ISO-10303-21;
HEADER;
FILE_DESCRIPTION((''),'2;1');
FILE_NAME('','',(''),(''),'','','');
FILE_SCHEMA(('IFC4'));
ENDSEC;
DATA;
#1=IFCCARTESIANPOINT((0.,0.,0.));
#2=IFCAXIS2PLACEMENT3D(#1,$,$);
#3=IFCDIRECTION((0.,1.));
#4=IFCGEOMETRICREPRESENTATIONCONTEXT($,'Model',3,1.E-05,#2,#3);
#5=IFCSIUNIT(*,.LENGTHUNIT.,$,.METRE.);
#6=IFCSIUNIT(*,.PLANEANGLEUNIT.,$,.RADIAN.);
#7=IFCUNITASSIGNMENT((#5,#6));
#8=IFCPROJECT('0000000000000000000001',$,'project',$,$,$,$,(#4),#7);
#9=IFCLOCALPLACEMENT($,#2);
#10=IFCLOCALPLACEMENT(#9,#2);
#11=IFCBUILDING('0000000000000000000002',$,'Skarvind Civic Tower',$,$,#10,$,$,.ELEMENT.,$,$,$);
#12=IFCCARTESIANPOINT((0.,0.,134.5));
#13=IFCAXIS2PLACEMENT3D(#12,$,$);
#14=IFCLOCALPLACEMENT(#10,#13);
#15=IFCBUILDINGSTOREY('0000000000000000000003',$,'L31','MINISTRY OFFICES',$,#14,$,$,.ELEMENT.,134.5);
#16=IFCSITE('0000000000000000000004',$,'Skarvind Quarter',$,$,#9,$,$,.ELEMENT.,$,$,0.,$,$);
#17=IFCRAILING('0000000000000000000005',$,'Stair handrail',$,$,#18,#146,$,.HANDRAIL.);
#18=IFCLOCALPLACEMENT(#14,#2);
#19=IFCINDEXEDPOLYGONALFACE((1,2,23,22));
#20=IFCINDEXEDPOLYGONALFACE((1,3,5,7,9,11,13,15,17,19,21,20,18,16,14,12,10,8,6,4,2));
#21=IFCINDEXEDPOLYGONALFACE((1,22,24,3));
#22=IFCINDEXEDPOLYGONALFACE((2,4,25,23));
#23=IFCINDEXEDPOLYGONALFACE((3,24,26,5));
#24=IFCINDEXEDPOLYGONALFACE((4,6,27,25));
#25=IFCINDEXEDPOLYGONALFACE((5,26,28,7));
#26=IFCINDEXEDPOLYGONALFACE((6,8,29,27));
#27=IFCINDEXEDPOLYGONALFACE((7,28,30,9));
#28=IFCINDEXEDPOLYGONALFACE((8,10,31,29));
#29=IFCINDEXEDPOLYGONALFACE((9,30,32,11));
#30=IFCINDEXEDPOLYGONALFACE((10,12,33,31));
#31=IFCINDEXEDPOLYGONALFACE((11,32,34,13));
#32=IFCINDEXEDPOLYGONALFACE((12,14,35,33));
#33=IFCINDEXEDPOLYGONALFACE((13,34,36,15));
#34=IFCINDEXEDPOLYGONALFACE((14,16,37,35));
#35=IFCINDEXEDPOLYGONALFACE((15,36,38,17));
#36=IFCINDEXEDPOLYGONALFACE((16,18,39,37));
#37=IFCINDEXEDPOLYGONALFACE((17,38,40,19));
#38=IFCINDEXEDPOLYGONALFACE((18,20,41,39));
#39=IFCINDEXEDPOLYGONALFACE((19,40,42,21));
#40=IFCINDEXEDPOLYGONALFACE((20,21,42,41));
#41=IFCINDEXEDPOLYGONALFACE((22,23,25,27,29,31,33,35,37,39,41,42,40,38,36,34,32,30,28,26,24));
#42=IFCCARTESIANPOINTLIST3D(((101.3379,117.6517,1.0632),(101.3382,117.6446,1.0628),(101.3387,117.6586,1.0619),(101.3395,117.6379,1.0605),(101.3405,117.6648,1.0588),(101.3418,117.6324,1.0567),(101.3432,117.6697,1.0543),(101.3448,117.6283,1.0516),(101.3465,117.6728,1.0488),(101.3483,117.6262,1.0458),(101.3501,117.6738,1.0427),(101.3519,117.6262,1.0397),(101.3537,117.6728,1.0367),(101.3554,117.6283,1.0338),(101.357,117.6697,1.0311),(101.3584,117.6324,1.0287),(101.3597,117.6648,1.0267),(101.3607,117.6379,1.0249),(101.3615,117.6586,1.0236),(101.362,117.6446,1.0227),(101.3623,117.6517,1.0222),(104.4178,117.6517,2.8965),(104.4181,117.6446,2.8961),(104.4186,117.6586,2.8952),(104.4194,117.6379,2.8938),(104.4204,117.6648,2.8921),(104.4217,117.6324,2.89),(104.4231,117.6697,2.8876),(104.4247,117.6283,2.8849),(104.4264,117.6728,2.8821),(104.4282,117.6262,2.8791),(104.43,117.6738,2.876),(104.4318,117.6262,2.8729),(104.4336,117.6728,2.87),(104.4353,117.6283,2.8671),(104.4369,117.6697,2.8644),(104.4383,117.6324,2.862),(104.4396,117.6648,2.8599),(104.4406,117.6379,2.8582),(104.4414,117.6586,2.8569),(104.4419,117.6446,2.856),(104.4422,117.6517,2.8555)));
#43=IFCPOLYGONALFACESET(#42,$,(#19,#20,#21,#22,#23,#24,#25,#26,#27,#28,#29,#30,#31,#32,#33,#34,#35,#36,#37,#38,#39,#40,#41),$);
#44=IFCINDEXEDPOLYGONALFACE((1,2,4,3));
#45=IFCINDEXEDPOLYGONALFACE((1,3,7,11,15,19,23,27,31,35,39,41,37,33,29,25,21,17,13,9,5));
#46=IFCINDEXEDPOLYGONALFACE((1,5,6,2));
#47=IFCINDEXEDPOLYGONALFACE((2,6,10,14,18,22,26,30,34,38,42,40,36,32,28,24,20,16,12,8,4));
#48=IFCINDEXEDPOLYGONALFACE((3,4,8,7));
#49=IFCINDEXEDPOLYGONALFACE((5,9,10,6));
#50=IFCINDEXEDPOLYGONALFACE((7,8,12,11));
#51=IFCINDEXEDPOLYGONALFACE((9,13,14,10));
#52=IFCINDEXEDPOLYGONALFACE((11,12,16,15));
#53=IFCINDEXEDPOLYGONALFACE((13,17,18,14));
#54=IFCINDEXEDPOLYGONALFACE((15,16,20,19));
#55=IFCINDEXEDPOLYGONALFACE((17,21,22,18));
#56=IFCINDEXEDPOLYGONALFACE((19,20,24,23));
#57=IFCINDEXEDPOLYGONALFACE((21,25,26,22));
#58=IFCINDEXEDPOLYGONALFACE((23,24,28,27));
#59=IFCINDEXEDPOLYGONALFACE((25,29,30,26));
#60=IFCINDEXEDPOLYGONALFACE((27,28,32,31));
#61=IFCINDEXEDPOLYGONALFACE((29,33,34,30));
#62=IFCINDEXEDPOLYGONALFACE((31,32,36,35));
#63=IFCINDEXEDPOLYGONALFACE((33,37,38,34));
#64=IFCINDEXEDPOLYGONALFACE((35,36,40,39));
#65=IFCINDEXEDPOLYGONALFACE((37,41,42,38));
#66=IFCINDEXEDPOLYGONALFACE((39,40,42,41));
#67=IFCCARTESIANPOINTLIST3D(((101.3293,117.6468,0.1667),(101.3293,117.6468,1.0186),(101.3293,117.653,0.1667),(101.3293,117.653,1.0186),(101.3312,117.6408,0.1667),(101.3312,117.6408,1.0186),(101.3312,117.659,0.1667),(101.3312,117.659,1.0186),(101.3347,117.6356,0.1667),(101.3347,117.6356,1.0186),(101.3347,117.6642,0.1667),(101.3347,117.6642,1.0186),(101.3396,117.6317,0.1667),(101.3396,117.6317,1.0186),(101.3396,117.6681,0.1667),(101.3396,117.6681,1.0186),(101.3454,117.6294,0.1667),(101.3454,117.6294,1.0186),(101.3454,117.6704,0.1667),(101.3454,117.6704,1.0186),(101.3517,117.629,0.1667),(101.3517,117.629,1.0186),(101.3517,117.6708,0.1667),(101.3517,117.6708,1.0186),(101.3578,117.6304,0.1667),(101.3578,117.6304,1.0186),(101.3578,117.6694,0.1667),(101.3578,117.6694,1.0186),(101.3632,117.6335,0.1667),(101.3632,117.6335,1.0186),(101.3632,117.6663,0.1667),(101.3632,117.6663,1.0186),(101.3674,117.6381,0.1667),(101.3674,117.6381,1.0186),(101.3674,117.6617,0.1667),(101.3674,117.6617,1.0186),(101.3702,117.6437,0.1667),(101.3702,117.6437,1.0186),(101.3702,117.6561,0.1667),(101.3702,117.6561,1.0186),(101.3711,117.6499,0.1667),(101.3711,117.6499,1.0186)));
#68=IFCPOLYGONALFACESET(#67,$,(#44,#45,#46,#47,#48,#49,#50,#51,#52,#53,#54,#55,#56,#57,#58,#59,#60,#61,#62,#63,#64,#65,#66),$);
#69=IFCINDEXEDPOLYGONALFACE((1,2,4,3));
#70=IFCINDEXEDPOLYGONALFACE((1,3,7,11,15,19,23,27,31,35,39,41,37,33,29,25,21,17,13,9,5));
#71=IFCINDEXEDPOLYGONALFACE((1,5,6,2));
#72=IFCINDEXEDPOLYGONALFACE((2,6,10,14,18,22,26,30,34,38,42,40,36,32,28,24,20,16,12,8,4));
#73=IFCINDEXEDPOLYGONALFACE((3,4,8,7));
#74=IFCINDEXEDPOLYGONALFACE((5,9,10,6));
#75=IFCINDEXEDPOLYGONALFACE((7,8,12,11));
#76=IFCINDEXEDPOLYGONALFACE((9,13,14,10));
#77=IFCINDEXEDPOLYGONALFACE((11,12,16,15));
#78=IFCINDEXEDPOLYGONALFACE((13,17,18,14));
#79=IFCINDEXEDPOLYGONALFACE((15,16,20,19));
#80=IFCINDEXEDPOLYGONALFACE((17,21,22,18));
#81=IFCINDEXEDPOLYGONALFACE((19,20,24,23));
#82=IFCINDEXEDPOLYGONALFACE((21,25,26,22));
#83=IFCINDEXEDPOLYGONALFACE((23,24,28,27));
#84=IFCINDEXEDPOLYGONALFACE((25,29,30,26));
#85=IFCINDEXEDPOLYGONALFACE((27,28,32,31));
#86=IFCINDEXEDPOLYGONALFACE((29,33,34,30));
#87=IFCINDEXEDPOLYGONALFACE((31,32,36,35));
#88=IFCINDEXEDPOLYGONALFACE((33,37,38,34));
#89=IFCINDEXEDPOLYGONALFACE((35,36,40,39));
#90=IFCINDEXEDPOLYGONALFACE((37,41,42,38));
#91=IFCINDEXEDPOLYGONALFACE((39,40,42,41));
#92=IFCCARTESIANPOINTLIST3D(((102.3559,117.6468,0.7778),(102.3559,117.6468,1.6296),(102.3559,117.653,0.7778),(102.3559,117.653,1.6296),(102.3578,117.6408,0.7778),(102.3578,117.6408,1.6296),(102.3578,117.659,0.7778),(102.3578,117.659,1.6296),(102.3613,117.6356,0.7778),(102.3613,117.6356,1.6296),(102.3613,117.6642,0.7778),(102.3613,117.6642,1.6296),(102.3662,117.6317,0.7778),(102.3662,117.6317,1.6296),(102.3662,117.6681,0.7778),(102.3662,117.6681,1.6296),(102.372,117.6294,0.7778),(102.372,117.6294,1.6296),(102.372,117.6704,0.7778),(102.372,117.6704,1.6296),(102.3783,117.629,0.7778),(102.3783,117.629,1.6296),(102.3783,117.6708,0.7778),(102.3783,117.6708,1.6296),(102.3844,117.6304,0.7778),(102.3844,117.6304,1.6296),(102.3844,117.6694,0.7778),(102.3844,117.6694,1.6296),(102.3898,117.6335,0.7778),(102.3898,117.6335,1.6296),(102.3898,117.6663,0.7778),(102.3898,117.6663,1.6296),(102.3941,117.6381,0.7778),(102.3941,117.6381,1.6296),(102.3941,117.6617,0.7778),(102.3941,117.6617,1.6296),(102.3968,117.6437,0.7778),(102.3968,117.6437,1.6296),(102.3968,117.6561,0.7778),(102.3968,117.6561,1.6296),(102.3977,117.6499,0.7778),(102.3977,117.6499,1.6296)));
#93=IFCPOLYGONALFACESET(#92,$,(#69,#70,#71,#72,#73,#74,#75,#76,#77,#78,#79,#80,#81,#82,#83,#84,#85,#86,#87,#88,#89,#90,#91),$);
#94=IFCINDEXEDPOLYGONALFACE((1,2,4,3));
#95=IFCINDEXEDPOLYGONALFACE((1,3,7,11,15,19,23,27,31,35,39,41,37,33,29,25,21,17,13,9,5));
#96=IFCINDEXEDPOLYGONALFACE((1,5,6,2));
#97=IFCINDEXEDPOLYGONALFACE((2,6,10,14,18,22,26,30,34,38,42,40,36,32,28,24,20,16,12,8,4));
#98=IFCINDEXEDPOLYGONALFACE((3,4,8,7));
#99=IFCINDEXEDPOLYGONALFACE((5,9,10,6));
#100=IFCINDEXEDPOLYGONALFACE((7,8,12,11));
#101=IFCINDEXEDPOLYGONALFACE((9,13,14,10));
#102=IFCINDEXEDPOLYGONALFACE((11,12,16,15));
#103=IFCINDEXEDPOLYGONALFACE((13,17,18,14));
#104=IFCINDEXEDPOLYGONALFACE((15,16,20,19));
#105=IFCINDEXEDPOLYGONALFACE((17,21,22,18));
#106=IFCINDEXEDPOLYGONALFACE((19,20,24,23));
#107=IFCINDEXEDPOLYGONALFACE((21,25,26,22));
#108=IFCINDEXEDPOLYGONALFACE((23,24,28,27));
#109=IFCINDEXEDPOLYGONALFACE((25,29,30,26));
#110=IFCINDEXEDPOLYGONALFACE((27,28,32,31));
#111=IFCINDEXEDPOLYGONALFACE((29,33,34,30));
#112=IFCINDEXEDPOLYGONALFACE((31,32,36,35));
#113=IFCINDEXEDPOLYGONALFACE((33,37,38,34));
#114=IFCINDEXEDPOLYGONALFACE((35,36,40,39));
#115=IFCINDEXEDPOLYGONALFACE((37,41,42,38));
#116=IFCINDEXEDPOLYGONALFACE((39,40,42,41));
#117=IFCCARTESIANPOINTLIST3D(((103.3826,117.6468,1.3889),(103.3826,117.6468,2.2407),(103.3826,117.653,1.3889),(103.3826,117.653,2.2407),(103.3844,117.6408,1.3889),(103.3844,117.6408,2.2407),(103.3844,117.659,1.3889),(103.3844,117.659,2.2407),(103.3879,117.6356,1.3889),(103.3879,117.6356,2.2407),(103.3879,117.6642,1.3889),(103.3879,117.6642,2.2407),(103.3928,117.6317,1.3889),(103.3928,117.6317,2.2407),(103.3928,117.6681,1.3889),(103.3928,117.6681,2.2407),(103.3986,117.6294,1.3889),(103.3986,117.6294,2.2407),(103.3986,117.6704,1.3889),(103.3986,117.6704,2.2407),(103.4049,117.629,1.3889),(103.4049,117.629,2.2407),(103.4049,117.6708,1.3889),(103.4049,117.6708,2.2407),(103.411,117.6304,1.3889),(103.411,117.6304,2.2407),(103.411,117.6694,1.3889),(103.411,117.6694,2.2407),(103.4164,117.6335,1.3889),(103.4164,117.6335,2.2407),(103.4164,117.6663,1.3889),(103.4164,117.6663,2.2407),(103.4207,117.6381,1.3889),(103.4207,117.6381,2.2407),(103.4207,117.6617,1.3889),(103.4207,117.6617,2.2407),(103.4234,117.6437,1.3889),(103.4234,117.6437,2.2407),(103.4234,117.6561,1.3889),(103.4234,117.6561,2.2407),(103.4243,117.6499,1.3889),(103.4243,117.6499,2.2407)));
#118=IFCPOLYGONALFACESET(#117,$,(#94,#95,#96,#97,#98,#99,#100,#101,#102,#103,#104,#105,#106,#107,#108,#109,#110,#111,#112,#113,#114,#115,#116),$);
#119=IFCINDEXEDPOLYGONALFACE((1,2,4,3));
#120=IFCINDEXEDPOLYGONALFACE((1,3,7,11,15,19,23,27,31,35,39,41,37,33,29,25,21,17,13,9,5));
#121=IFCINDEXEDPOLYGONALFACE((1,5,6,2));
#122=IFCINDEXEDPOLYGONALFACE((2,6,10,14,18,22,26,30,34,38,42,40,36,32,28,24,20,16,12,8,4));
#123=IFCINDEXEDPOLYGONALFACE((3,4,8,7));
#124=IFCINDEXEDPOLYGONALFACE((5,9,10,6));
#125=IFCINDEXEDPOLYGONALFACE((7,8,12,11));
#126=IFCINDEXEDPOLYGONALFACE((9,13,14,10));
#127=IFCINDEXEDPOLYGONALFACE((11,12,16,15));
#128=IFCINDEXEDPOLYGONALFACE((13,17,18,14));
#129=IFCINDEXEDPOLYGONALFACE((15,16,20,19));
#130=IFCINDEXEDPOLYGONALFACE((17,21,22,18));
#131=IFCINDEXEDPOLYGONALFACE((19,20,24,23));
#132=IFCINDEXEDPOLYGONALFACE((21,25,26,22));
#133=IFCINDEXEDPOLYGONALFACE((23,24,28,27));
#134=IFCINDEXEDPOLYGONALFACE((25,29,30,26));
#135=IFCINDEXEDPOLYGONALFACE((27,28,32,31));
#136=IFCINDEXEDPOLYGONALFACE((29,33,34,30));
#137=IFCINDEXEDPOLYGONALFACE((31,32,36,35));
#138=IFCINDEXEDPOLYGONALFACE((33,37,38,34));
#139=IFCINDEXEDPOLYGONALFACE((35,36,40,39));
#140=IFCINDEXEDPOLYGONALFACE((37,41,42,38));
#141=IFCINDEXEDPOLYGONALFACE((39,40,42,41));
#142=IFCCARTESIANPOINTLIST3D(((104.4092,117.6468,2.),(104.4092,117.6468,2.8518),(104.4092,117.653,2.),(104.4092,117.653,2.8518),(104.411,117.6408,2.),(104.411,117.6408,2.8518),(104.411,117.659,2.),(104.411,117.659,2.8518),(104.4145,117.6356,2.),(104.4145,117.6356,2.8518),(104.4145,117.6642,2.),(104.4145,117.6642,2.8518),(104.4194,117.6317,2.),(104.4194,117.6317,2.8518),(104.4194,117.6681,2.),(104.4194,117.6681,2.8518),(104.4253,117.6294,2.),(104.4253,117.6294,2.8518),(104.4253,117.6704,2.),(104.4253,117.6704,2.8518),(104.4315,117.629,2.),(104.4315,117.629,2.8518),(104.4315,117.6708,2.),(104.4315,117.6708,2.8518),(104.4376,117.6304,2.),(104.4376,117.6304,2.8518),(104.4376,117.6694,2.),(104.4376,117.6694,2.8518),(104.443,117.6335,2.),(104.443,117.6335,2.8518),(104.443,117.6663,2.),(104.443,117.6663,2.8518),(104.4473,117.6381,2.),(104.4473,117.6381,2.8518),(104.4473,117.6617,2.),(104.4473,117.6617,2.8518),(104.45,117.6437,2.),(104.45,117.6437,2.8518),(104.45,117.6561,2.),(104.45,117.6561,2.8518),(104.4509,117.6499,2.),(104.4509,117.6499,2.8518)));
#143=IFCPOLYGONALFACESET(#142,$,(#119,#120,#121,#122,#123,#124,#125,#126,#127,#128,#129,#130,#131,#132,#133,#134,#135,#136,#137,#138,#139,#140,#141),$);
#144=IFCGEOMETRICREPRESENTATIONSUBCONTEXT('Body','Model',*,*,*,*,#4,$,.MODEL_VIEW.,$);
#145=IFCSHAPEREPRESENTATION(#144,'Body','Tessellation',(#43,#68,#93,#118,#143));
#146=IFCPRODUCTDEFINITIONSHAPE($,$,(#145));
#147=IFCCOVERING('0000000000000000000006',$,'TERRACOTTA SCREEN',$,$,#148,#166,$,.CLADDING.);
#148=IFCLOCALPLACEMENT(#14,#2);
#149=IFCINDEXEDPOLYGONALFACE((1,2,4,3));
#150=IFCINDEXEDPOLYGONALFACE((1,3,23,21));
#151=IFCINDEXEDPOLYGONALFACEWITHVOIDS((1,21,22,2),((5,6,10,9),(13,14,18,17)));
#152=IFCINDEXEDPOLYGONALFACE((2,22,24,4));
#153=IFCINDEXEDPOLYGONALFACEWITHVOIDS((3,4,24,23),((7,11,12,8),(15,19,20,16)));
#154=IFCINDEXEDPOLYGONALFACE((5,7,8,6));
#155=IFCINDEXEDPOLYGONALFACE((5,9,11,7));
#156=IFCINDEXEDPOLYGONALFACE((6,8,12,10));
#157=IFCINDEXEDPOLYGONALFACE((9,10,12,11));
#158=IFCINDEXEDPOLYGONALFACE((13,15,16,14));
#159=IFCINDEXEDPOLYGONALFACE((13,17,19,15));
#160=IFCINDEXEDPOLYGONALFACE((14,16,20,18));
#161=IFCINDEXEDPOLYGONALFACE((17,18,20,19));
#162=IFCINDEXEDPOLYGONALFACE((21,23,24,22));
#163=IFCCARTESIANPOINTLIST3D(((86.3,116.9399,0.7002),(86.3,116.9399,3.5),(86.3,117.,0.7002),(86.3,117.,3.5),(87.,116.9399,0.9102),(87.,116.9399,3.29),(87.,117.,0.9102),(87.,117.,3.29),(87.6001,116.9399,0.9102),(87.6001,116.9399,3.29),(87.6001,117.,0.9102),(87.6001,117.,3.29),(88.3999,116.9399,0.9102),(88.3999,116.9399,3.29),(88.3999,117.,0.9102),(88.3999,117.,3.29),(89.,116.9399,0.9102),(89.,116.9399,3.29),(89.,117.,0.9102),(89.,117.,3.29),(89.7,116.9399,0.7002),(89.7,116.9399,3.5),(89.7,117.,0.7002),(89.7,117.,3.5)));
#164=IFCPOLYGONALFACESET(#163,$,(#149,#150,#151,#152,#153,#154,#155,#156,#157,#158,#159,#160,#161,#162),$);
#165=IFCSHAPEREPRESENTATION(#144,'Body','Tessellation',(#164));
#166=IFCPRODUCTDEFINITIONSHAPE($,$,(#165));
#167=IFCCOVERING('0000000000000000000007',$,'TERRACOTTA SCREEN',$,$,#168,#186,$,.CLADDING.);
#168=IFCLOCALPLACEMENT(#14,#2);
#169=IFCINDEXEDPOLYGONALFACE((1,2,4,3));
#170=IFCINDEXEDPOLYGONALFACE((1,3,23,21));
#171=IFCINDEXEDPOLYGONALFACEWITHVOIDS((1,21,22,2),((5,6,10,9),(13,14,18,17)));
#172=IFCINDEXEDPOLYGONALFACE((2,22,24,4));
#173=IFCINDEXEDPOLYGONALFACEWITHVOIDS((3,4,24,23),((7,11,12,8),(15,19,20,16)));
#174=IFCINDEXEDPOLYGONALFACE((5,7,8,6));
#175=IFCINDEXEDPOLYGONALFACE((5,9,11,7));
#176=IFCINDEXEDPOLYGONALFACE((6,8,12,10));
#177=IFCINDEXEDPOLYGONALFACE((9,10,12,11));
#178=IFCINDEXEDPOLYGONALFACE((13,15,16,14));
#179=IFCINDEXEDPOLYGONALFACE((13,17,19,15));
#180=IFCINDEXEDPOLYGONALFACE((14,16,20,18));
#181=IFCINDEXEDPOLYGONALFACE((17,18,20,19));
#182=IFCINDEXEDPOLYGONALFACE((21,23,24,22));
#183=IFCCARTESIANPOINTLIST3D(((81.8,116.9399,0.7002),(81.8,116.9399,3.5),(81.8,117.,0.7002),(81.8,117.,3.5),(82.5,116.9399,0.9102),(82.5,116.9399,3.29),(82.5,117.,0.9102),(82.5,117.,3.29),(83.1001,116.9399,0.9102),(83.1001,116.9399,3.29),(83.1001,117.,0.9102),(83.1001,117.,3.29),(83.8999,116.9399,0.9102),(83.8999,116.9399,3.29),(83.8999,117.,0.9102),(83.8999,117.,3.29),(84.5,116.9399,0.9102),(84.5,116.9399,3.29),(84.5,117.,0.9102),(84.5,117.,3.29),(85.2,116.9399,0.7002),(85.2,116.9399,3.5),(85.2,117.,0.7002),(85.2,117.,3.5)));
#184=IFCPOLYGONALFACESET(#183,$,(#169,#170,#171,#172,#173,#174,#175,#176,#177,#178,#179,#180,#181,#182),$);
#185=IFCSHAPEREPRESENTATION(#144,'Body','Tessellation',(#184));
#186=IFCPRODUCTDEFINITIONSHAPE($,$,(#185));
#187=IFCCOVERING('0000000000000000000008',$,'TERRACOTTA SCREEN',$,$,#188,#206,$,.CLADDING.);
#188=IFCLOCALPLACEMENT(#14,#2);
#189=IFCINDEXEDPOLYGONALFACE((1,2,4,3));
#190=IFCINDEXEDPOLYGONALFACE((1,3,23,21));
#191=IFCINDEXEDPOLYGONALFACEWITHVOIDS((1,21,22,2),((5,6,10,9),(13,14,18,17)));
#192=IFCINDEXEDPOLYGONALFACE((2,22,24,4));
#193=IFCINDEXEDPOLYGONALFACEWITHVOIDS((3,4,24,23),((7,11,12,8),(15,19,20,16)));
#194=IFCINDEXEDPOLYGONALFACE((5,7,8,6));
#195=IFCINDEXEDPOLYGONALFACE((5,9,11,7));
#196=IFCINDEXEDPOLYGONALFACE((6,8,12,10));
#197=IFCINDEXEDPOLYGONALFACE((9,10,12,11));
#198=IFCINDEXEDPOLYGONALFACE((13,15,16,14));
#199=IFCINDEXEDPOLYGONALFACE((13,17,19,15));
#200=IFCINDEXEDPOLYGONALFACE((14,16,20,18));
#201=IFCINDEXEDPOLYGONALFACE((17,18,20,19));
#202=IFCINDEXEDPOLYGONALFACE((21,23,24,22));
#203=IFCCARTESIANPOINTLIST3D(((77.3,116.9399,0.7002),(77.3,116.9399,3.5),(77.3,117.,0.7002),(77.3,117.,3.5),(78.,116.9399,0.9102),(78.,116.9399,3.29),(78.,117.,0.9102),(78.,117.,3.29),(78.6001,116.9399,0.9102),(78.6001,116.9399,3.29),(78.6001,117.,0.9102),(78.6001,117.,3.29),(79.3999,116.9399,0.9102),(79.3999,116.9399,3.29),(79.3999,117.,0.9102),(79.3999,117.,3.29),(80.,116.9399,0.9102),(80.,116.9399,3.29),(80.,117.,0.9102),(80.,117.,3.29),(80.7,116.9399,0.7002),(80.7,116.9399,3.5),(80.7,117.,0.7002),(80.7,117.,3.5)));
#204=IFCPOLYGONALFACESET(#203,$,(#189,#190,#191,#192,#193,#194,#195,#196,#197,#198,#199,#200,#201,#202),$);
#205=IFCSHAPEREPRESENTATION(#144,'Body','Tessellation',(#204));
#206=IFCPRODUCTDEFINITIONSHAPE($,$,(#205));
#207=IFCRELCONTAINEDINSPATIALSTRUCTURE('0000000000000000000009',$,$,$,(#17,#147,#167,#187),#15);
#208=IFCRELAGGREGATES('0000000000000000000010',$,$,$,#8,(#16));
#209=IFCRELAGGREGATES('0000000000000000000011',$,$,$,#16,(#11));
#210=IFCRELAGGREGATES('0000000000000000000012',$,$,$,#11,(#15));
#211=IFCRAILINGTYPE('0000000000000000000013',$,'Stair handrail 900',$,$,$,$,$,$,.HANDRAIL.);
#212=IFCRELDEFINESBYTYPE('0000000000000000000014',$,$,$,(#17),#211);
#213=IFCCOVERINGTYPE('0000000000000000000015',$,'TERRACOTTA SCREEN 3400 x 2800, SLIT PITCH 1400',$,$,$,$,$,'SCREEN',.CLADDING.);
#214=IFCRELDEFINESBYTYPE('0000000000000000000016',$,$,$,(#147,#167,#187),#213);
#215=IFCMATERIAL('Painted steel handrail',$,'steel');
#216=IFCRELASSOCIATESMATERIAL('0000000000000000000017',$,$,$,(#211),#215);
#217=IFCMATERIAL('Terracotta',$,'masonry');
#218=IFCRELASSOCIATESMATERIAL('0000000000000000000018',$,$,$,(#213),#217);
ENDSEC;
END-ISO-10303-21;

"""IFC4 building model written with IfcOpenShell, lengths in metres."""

from ifc_helpers import new_model, si_unit, direction, frame, origin, origin_2d, place, context, subcontext, project, spatial, polyline, circle, outline, extrude, material, material_profile, profile_set, type_object, element, save


model = new_model("IFC4")

# Units and contexts
model_context = context("Model", 3, precision=1e-05, world=origin(), true_north=direction((0.0, 1.0)))
body_context = subcontext(model_context, "Body", "Model", "MODEL_VIEW")
ifc_project = project(units=[si_unit("LENGTHUNIT", "METRE"), si_unit("PLANEANGLEUNIT", "RADIAN")], contexts=[model_context])

# Site, building, storey
site_placement = place(None, origin())
site = spatial("IfcSite", under=ifc_project, at=site_placement, Name="Skarvind Quarter", CompositionType="ELEMENT", RefElevation=0.0)
building_placement = place(site_placement, origin())
building = spatial("IfcBuilding", under=site, at=building_placement, Name="Skarvind Civic Tower", CompositionType="ELEMENT")
storey_placement = place(building_placement, frame((0.0, 0.0, 134.5)))
storey = spatial("IfcBuildingStorey", under=building, at=storey_placement, Name="L31", Description="MINISTRY OFFICES", CompositionType="ELEMENT", Elevation=134.5)

# Railing
ifc_material_1 = material(Name="Painted steel handrail", Category="steel")
railing_type = type_object("IfcRailingType", Name="Stair handrail 900", PredefinedType="HANDRAIL", material=ifc_material_1)
railing_placement = place(storey_placement, frame((101.3501, 117.6499, 0.1667)))
element("IfcRailing", 1, at=railing_placement, inside=storey, type_object=railing_type, Name="Stair handrail", PredefinedType="HANDRAIL", context=body_context, shape_type="SweptSolid", body=[
    extrude(circle(Radius=0.0239, at=origin_2d()), frame((0.0, 0.0, 0.876), z_axis=(0.859291, 0.0, 0.511487), x_axis=(0.0, 1.0, 0.0)), (0.0, 0.0, 1.0), 3.5842),
    extrude(circle(Radius=0.021, at=origin_2d()), origin(), (0.0, 0.0, 1.0), 0.8518),
    extrude(circle(Radius=0.021, at=origin_2d()), frame((1.0266, 0.0, 0.6111)), (0.0, 0.0, 1.0), 0.8518),
    extrude(circle(Radius=0.021, at=origin_2d()), frame((2.0532, 0.0, 1.2222)), (0.0, 0.0, 1.0), 0.8518),
    extrude(circle(Radius=0.021, at=origin_2d()), frame((3.0798, 0.0, 1.8333)), (0.0, 0.0, 1.0), 0.8518),
])

# Coverings
ifc_material_2 = material(Name="Terracotta", Category="masonry")
ifc_material_profile_1 = material_profile(ifc_material_2, outline(polyline([(-1.7, -1.3999), (1.7, -1.3999), (1.7, 1.3999), (-1.7, 1.3999), (-1.7, -1.3999)]), holes=[polyline([(-1.0, -1.1899), (-0.3999, -1.1899), (-0.3999, 1.1899), (-1.0, 1.1899), (-1.0, -1.1899)]), polyline([(0.3999, -1.1899), (1.0, -1.1899), (1.0, 1.1899), (0.3999, 1.1899), (0.3999, -1.1899)])]), Name="TERRACOTTA SCREEN 3400 x 2800, SLIT PITCH 1400")
ifc_profile_set_1 = profile_set([ifc_material_profile_1], Name="Terracotta")
covering_type = type_object("IfcCoveringType", Name="TERRACOTTA SCREEN 3400 x 2800, SLIT PITCH 1400", ElementType="SCREEN", PredefinedType="CLADDING", material=ifc_profile_set_1)
for number, where, z_axis, x_axis, name in (
    (2, (88.0, 117.0, 2.1001), (0.0, -1.0, 0.0), (1.0, 0.0, 0.0), "TERRACOTTA SCREEN"),
    (3, (83.5, 117.0, 2.1001), (0.0, -1.0, 0.0), (1.0, 0.0, 0.0), "TERRACOTTA SCREEN"),
    (4, (79.0, 117.0, 2.1001), (0.0, -1.0, 0.0), (1.0, 0.0, 0.0), "TERRACOTTA SCREEN"),
):
    element("IfcCovering", number, at=place(storey_placement, frame(where, z_axis=z_axis, x_axis=x_axis)), inside=storey, type_object=covering_type, Name=name, PredefinedType="CLADDING", context=body_context, shape_type="SweptSolid", body=[
        extrude(outline(polyline([(-1.7, -1.3999), (1.7, -1.3999), (1.7, 1.3999), (-1.7, 1.3999), (-1.7, -1.3999)]), holes=[polyline([(-1.0, -1.1899), (-0.3999, -1.1899), (-0.3999, 1.1899), (-1.0, 1.1899), (-1.0, -1.1899)]), polyline([(0.3999, -1.1899), (1.0, -1.1899), (1.0, 1.1899), (0.3999, 1.1899), (0.3999, -1.1899)])]), origin(), (0.0, 0.0, 1.0), 0.0601),
    ])

save(model, "model.ifc")
